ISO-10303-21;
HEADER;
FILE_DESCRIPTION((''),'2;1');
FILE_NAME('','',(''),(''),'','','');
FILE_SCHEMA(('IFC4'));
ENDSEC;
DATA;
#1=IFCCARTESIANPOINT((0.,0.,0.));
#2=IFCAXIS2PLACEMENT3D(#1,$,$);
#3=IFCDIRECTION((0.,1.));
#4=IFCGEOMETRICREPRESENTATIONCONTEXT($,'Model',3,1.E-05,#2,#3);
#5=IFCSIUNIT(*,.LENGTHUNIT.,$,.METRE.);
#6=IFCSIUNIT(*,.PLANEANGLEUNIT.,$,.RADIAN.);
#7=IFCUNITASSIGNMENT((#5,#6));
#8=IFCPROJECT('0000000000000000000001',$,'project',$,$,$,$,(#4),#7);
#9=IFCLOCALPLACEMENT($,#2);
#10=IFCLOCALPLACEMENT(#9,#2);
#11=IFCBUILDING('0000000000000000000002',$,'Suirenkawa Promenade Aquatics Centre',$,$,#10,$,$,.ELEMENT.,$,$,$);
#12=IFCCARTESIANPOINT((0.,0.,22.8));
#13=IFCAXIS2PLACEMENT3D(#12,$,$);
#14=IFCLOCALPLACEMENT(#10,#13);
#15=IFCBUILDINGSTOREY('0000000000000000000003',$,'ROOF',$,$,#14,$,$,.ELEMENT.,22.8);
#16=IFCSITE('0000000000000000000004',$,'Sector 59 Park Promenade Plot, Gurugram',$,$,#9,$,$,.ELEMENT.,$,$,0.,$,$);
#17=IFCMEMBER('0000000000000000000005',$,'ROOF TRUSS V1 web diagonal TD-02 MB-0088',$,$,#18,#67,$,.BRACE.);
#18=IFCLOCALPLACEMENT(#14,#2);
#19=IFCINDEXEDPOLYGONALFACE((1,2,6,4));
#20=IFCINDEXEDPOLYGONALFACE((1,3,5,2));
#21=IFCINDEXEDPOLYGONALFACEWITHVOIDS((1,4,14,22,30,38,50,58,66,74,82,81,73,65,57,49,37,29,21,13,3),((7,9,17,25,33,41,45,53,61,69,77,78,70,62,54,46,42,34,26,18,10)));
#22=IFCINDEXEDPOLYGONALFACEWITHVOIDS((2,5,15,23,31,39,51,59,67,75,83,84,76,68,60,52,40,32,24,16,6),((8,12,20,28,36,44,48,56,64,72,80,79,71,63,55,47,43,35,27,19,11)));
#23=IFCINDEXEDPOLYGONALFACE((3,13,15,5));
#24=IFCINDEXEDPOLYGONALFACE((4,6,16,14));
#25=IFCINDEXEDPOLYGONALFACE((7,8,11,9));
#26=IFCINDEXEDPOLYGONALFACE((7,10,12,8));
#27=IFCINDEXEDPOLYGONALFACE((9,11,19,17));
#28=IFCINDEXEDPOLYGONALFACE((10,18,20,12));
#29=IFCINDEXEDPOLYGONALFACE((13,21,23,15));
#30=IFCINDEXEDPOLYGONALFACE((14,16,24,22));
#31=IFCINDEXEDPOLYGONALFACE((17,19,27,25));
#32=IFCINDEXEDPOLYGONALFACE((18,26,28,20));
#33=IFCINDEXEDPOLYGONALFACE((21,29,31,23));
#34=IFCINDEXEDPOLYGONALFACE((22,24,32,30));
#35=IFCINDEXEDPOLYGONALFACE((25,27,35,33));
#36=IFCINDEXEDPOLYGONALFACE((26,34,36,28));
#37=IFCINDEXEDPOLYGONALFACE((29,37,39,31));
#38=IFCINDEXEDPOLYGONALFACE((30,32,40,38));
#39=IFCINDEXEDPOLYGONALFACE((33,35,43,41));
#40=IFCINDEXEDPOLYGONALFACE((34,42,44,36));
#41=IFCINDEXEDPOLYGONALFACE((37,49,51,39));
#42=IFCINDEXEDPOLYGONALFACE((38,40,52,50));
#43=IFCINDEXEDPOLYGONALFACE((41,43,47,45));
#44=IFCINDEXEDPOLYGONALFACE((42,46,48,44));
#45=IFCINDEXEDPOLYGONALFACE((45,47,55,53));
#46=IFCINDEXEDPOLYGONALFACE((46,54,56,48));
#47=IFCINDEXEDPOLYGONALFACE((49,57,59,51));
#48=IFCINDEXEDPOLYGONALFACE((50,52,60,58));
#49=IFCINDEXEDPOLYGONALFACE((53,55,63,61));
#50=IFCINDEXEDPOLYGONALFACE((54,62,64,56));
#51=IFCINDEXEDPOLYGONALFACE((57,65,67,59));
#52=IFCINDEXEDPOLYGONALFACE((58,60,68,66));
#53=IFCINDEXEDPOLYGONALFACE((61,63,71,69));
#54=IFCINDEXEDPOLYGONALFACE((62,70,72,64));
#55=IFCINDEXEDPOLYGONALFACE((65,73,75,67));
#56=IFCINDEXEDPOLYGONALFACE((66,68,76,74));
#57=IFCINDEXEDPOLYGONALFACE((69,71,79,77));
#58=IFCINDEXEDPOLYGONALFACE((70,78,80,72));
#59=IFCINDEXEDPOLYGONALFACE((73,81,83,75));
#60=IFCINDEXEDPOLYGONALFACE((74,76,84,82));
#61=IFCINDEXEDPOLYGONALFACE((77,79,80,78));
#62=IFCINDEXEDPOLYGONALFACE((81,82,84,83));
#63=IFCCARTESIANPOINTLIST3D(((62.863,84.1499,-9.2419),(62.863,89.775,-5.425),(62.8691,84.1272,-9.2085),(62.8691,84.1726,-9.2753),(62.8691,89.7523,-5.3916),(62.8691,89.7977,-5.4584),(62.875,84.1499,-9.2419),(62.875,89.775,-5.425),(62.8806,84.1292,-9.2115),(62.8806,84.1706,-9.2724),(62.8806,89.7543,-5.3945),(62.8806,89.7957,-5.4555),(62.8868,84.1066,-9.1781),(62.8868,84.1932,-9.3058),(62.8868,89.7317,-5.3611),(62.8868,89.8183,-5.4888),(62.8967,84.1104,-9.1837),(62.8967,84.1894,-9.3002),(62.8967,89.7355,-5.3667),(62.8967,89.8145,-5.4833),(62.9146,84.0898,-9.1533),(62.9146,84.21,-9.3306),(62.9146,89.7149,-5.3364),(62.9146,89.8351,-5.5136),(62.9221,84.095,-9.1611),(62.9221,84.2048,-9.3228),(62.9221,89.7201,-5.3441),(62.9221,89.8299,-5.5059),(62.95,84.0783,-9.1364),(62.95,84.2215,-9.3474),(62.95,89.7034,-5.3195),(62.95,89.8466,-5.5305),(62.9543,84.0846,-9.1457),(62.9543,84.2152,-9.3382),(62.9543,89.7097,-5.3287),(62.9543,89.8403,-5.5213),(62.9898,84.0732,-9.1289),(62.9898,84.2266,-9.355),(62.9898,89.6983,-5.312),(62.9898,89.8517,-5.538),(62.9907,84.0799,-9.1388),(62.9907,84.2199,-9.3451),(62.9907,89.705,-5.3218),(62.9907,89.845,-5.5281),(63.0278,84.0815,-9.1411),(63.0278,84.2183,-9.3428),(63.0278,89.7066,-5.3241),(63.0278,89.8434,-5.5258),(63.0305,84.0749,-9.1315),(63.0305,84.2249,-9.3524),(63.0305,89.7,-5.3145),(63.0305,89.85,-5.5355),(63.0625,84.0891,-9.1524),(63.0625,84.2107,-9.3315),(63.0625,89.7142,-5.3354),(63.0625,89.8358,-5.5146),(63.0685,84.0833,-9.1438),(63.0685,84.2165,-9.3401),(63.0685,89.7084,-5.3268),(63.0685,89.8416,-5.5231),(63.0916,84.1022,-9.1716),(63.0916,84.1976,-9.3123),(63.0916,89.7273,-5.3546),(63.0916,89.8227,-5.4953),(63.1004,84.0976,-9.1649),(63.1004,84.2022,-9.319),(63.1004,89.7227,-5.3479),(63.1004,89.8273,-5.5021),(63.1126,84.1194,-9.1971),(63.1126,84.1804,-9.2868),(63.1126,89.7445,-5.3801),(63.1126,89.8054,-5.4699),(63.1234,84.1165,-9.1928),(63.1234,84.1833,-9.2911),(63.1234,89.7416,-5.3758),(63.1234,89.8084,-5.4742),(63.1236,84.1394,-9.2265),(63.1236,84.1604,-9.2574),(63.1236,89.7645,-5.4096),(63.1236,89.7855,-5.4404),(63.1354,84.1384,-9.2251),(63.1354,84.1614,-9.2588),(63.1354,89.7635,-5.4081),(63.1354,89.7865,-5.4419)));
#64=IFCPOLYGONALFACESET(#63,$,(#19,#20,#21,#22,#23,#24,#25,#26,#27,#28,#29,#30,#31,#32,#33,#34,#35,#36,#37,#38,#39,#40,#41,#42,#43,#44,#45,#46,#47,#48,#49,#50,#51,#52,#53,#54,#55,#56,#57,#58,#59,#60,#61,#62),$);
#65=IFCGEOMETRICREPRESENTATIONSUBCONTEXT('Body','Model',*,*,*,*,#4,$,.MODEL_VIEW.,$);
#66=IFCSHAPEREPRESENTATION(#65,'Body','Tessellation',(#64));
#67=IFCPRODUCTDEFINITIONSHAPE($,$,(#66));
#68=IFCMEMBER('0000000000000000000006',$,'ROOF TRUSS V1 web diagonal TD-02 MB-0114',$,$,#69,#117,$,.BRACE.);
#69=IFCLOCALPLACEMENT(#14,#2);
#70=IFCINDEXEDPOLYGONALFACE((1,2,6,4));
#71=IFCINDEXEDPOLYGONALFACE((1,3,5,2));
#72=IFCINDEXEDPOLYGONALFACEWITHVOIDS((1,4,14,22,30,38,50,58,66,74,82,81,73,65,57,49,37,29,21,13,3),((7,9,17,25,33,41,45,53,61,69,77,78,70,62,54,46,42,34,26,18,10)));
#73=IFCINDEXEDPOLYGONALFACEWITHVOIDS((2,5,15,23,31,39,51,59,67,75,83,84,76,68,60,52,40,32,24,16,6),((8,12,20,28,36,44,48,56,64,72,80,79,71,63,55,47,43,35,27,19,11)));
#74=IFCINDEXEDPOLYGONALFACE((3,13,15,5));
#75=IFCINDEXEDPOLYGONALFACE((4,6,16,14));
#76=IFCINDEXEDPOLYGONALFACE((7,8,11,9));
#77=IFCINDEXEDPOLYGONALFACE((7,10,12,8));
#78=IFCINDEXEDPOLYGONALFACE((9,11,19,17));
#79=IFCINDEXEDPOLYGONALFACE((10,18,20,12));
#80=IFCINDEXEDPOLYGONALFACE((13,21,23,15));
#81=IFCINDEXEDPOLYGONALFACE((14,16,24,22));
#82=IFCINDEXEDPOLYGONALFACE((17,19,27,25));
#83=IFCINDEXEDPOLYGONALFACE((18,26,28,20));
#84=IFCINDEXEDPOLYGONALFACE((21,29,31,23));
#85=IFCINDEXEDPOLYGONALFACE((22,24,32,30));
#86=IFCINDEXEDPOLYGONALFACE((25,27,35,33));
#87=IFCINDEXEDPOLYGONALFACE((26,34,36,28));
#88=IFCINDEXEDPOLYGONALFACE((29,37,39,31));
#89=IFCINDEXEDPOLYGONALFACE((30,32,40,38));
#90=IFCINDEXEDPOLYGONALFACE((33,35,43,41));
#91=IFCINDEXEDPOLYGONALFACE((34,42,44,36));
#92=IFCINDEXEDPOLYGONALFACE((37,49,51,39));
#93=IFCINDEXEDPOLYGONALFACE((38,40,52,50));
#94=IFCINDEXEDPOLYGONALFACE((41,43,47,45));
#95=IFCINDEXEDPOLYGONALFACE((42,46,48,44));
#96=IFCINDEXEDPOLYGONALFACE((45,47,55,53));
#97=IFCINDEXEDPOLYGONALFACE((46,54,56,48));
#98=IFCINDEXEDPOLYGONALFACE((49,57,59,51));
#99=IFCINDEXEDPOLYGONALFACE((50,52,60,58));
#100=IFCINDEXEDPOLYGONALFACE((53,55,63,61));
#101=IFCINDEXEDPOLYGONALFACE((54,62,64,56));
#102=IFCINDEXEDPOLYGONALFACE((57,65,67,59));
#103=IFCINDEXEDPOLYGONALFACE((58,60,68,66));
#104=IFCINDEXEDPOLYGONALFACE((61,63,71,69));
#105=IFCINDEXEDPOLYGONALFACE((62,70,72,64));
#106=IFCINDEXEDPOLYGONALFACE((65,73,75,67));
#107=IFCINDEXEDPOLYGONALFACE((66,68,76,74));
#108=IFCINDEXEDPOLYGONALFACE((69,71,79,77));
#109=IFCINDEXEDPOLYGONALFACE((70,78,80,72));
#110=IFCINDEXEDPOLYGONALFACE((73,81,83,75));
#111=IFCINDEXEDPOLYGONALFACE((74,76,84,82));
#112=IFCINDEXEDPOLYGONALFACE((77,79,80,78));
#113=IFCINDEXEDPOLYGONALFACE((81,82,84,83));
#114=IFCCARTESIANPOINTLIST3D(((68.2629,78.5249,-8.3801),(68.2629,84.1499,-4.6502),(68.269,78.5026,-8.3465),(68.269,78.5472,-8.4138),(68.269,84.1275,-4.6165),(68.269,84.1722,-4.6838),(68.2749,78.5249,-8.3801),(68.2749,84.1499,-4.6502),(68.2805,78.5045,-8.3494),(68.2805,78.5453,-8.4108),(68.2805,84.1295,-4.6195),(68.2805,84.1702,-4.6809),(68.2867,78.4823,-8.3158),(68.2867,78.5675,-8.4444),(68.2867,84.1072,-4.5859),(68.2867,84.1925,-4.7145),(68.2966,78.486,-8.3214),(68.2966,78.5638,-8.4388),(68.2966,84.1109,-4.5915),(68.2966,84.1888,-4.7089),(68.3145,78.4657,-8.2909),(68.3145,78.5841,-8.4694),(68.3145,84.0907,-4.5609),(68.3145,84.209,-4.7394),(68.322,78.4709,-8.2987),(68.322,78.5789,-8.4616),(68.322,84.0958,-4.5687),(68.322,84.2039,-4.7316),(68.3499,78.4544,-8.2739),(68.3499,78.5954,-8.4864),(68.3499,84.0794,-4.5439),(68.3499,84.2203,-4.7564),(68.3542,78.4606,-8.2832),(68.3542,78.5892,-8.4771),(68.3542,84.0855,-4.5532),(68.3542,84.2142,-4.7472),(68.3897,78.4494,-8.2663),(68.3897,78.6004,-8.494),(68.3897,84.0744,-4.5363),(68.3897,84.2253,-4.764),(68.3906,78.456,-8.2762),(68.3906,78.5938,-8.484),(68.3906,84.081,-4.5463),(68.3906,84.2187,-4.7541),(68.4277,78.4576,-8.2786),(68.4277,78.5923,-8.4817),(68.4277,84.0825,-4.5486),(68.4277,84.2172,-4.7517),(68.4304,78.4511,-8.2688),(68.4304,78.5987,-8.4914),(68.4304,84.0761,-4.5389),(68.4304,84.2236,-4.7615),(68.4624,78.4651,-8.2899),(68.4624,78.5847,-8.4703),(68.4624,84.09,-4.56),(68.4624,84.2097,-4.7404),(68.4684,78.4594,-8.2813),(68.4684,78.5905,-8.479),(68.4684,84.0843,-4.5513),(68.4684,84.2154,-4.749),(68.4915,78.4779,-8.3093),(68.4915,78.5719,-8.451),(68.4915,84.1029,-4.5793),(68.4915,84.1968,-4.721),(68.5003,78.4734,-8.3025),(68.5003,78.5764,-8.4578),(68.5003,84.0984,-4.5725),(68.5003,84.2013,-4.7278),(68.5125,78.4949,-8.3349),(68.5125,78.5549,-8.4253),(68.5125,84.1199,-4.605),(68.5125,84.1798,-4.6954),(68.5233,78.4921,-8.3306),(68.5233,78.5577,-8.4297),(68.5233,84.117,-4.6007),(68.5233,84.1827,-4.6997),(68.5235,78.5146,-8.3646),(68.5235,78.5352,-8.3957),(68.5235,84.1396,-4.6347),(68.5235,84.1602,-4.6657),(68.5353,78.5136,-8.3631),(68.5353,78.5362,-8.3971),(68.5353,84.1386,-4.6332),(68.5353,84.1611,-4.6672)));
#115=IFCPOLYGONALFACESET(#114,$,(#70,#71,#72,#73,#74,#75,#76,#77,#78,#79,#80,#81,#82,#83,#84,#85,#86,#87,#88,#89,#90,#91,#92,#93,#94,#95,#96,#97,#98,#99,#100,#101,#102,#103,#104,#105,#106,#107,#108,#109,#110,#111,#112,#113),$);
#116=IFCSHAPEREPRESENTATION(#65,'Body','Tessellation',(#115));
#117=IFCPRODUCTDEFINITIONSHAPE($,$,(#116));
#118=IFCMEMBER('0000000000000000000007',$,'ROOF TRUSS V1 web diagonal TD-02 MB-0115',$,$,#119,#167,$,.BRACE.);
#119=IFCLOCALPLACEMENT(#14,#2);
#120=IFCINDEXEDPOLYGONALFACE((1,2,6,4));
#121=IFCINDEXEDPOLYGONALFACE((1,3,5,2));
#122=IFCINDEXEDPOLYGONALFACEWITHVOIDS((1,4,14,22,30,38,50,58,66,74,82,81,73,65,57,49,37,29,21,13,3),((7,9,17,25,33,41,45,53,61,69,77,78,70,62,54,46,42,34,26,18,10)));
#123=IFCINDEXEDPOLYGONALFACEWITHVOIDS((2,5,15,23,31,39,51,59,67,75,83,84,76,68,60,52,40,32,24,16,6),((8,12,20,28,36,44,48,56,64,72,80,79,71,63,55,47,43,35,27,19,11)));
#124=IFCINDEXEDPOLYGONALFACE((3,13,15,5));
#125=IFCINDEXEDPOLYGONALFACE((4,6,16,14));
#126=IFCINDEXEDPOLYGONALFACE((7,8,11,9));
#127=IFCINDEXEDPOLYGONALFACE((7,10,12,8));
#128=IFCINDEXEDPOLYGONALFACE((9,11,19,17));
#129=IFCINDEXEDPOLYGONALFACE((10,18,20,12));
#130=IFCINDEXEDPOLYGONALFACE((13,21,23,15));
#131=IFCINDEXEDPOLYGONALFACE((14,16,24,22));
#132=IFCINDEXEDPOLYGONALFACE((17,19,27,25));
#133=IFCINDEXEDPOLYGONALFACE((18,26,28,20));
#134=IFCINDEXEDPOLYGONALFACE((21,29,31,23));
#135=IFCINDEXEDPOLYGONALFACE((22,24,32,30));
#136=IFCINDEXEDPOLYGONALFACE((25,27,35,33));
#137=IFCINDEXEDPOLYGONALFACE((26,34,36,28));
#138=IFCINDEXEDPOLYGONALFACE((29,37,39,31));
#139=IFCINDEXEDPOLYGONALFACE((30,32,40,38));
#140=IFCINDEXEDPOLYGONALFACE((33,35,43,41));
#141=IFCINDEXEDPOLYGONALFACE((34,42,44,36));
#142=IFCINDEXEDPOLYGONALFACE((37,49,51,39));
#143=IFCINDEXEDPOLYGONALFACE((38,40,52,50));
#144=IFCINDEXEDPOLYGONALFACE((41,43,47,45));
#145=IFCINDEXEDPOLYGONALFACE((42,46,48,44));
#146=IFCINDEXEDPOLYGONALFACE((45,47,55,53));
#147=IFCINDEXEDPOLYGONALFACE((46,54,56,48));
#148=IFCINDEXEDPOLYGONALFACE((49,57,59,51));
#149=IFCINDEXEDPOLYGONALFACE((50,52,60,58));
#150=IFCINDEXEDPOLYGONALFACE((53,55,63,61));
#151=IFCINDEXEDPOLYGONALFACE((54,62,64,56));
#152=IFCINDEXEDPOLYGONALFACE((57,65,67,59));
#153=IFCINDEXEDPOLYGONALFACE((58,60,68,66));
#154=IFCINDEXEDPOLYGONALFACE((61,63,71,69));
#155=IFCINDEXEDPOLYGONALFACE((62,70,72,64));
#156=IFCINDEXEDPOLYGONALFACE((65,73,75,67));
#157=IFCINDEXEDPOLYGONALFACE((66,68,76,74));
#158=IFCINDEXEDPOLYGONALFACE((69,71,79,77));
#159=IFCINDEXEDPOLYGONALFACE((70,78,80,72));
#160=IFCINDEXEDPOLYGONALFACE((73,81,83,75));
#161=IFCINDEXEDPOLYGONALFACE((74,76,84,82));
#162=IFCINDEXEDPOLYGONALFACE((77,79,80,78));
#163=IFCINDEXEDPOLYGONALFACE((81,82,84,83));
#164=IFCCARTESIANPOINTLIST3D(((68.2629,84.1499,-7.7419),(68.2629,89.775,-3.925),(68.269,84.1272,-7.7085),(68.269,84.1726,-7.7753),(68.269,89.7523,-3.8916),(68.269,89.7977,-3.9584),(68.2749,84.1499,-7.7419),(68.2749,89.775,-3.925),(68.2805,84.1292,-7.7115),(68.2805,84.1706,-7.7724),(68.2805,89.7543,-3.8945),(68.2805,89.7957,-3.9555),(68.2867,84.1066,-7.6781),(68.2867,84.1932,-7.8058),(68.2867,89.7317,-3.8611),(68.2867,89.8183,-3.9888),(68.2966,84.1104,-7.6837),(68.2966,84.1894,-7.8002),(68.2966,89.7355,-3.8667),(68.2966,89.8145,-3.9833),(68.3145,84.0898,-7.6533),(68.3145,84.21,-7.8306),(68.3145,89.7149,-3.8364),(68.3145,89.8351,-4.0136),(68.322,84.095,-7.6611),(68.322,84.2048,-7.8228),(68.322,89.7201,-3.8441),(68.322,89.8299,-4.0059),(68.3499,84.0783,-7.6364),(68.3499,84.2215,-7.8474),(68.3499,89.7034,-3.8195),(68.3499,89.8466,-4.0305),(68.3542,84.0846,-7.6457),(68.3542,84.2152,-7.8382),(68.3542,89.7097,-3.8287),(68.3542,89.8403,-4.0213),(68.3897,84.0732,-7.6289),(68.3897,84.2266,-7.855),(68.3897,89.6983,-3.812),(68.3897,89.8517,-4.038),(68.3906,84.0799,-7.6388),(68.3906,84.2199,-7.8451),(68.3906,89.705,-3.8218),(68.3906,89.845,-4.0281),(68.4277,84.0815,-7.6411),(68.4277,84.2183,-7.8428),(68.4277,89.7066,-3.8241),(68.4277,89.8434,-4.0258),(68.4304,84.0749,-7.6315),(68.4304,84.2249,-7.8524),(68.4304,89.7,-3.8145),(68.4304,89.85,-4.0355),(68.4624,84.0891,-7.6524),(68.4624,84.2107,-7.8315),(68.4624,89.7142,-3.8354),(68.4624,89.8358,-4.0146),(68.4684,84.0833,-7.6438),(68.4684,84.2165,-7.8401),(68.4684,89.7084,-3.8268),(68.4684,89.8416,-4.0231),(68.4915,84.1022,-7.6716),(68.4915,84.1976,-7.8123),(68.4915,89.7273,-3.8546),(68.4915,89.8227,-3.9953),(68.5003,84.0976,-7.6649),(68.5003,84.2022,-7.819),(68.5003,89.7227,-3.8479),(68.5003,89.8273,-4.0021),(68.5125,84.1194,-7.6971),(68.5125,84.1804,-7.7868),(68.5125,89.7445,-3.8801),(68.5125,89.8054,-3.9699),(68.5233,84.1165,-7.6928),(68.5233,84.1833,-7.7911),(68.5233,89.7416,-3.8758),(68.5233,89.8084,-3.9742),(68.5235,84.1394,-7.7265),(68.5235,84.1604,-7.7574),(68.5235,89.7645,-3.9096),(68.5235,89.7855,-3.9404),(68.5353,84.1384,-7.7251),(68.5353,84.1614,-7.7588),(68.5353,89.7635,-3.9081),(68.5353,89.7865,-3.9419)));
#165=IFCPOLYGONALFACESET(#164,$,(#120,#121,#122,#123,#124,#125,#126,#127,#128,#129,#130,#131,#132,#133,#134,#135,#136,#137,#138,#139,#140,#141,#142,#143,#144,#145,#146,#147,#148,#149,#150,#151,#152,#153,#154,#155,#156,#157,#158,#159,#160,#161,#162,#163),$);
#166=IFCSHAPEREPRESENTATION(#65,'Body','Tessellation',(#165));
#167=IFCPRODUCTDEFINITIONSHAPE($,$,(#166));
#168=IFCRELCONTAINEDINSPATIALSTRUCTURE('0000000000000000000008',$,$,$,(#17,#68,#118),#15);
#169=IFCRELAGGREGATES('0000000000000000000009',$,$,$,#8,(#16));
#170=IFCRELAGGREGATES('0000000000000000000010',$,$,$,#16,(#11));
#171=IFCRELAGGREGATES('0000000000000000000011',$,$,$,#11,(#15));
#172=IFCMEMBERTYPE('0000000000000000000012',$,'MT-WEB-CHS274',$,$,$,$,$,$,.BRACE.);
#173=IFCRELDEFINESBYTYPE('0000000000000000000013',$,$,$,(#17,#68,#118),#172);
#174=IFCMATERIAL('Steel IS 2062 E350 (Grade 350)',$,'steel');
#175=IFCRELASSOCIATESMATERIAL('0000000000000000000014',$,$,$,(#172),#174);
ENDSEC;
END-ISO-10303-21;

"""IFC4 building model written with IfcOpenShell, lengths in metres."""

from ifc_helpers import new_model, si_unit, direction, frame, origin, origin_2d, place, context, subcontext, project, spatial, hollow_circle, extrude, material, material_profile, profile_set, type_object, element, save


model = new_model("IFC4")

# Units and contexts
model_context = context("Model", 3, precision=1e-05, world=origin(), true_north=direction((0.0, 1.0)))
body_context = subcontext(model_context, "Body", "Model", "MODEL_VIEW")
ifc_project = project(units=[si_unit("LENGTHUNIT", "METRE"), si_unit("PLANEANGLEUNIT", "RADIAN")], contexts=[model_context])

# Site, building, storey
site_placement = place(None, origin())
site = spatial("IfcSite", under=ifc_project, at=site_placement, Name="Sector 59 Park Promenade Plot, Gurugram", CompositionType="ELEMENT", RefElevation=0.0)
building_placement = place(site_placement, origin())
building = spatial("IfcBuilding", under=site, at=building_placement, Name="Suirenkawa Promenade Aquatics Centre", CompositionType="ELEMENT")
storey_placement = place(building_placement, frame((0.0, 0.0, 22.8)))
storey = spatial("IfcBuildingStorey", under=building, at=storey_placement, Name="ROOF", CompositionType="ELEMENT", Elevation=22.8)

# Shared definitions
ifc_material = material(Name="Steel IS 2062 E350 (Grade 350)", Category="steel")

# Members
ifc_material_profile_1 = material_profile(ifc_material, hollow_circle(Radius=0.137, WallThickness=0.012, at=origin_2d()), Name="CHS 274x12", Category="steel")
ifc_profile_set_1 = profile_set([ifc_material_profile_1], Name="Steel IS 2062 E350 (Grade 350)")
member_type_1 = type_object("IfcMemberType", Name="MT-WEB-CHS274", PredefinedType="BRACE", material=ifc_profile_set_1)
member_1_placement = place(storey_placement, frame((63.0, 84.1499, -9.2419), z_axis=(0.0, 0.827481, 0.561494), x_axis=(-1.0, 0.0, 0.0)))
element("IfcMember", 1, at=member_1_placement, inside=storey, type_object=member_type_1, Name="ROOF TRUSS V1 web diagonal TD-02 MB-0088", PredefinedType="BRACE", context=body_context, shape_type="SweptSolid", body=[
    extrude(hollow_circle(Radius=0.137, WallThickness=0.012, at=origin_2d()), origin(), (0.0, 0.0, 1.0), 6.7979),
])
member_2_placement = place(storey_placement, frame((68.3999, 78.5249, -8.3801), z_axis=(0.0, 0.833417, 0.552645), x_axis=(-1.0, 0.0, 0.0)))
element("IfcMember", 2, at=member_2_placement, inside=storey, type_object=member_type_1, Name="ROOF TRUSS V1 web diagonal TD-02 MB-0114", PredefinedType="BRACE", context=body_context, shape_type="SweptSolid", body=[
    extrude(hollow_circle(Radius=0.137, WallThickness=0.012, at=origin_2d()), origin(), (0.0, 0.0, 1.0), 6.7493),
])
member_3_placement = place(storey_placement, frame((68.3999, 84.1499, -7.7419), z_axis=(0.0, 0.827481, 0.561494), x_axis=(-1.0, 0.0, 0.0)))
element("IfcMember", 3, at=member_3_placement, inside=storey, type_object=member_type_1, Name="ROOF TRUSS V1 web diagonal TD-02 MB-0115", PredefinedType="BRACE", context=body_context, shape_type="SweptSolid", body=[
    extrude(hollow_circle(Radius=0.137, WallThickness=0.012, at=origin_2d()), origin(), (0.0, 0.0, 1.0), 6.7979),
])

save(model, "model.ifc")
